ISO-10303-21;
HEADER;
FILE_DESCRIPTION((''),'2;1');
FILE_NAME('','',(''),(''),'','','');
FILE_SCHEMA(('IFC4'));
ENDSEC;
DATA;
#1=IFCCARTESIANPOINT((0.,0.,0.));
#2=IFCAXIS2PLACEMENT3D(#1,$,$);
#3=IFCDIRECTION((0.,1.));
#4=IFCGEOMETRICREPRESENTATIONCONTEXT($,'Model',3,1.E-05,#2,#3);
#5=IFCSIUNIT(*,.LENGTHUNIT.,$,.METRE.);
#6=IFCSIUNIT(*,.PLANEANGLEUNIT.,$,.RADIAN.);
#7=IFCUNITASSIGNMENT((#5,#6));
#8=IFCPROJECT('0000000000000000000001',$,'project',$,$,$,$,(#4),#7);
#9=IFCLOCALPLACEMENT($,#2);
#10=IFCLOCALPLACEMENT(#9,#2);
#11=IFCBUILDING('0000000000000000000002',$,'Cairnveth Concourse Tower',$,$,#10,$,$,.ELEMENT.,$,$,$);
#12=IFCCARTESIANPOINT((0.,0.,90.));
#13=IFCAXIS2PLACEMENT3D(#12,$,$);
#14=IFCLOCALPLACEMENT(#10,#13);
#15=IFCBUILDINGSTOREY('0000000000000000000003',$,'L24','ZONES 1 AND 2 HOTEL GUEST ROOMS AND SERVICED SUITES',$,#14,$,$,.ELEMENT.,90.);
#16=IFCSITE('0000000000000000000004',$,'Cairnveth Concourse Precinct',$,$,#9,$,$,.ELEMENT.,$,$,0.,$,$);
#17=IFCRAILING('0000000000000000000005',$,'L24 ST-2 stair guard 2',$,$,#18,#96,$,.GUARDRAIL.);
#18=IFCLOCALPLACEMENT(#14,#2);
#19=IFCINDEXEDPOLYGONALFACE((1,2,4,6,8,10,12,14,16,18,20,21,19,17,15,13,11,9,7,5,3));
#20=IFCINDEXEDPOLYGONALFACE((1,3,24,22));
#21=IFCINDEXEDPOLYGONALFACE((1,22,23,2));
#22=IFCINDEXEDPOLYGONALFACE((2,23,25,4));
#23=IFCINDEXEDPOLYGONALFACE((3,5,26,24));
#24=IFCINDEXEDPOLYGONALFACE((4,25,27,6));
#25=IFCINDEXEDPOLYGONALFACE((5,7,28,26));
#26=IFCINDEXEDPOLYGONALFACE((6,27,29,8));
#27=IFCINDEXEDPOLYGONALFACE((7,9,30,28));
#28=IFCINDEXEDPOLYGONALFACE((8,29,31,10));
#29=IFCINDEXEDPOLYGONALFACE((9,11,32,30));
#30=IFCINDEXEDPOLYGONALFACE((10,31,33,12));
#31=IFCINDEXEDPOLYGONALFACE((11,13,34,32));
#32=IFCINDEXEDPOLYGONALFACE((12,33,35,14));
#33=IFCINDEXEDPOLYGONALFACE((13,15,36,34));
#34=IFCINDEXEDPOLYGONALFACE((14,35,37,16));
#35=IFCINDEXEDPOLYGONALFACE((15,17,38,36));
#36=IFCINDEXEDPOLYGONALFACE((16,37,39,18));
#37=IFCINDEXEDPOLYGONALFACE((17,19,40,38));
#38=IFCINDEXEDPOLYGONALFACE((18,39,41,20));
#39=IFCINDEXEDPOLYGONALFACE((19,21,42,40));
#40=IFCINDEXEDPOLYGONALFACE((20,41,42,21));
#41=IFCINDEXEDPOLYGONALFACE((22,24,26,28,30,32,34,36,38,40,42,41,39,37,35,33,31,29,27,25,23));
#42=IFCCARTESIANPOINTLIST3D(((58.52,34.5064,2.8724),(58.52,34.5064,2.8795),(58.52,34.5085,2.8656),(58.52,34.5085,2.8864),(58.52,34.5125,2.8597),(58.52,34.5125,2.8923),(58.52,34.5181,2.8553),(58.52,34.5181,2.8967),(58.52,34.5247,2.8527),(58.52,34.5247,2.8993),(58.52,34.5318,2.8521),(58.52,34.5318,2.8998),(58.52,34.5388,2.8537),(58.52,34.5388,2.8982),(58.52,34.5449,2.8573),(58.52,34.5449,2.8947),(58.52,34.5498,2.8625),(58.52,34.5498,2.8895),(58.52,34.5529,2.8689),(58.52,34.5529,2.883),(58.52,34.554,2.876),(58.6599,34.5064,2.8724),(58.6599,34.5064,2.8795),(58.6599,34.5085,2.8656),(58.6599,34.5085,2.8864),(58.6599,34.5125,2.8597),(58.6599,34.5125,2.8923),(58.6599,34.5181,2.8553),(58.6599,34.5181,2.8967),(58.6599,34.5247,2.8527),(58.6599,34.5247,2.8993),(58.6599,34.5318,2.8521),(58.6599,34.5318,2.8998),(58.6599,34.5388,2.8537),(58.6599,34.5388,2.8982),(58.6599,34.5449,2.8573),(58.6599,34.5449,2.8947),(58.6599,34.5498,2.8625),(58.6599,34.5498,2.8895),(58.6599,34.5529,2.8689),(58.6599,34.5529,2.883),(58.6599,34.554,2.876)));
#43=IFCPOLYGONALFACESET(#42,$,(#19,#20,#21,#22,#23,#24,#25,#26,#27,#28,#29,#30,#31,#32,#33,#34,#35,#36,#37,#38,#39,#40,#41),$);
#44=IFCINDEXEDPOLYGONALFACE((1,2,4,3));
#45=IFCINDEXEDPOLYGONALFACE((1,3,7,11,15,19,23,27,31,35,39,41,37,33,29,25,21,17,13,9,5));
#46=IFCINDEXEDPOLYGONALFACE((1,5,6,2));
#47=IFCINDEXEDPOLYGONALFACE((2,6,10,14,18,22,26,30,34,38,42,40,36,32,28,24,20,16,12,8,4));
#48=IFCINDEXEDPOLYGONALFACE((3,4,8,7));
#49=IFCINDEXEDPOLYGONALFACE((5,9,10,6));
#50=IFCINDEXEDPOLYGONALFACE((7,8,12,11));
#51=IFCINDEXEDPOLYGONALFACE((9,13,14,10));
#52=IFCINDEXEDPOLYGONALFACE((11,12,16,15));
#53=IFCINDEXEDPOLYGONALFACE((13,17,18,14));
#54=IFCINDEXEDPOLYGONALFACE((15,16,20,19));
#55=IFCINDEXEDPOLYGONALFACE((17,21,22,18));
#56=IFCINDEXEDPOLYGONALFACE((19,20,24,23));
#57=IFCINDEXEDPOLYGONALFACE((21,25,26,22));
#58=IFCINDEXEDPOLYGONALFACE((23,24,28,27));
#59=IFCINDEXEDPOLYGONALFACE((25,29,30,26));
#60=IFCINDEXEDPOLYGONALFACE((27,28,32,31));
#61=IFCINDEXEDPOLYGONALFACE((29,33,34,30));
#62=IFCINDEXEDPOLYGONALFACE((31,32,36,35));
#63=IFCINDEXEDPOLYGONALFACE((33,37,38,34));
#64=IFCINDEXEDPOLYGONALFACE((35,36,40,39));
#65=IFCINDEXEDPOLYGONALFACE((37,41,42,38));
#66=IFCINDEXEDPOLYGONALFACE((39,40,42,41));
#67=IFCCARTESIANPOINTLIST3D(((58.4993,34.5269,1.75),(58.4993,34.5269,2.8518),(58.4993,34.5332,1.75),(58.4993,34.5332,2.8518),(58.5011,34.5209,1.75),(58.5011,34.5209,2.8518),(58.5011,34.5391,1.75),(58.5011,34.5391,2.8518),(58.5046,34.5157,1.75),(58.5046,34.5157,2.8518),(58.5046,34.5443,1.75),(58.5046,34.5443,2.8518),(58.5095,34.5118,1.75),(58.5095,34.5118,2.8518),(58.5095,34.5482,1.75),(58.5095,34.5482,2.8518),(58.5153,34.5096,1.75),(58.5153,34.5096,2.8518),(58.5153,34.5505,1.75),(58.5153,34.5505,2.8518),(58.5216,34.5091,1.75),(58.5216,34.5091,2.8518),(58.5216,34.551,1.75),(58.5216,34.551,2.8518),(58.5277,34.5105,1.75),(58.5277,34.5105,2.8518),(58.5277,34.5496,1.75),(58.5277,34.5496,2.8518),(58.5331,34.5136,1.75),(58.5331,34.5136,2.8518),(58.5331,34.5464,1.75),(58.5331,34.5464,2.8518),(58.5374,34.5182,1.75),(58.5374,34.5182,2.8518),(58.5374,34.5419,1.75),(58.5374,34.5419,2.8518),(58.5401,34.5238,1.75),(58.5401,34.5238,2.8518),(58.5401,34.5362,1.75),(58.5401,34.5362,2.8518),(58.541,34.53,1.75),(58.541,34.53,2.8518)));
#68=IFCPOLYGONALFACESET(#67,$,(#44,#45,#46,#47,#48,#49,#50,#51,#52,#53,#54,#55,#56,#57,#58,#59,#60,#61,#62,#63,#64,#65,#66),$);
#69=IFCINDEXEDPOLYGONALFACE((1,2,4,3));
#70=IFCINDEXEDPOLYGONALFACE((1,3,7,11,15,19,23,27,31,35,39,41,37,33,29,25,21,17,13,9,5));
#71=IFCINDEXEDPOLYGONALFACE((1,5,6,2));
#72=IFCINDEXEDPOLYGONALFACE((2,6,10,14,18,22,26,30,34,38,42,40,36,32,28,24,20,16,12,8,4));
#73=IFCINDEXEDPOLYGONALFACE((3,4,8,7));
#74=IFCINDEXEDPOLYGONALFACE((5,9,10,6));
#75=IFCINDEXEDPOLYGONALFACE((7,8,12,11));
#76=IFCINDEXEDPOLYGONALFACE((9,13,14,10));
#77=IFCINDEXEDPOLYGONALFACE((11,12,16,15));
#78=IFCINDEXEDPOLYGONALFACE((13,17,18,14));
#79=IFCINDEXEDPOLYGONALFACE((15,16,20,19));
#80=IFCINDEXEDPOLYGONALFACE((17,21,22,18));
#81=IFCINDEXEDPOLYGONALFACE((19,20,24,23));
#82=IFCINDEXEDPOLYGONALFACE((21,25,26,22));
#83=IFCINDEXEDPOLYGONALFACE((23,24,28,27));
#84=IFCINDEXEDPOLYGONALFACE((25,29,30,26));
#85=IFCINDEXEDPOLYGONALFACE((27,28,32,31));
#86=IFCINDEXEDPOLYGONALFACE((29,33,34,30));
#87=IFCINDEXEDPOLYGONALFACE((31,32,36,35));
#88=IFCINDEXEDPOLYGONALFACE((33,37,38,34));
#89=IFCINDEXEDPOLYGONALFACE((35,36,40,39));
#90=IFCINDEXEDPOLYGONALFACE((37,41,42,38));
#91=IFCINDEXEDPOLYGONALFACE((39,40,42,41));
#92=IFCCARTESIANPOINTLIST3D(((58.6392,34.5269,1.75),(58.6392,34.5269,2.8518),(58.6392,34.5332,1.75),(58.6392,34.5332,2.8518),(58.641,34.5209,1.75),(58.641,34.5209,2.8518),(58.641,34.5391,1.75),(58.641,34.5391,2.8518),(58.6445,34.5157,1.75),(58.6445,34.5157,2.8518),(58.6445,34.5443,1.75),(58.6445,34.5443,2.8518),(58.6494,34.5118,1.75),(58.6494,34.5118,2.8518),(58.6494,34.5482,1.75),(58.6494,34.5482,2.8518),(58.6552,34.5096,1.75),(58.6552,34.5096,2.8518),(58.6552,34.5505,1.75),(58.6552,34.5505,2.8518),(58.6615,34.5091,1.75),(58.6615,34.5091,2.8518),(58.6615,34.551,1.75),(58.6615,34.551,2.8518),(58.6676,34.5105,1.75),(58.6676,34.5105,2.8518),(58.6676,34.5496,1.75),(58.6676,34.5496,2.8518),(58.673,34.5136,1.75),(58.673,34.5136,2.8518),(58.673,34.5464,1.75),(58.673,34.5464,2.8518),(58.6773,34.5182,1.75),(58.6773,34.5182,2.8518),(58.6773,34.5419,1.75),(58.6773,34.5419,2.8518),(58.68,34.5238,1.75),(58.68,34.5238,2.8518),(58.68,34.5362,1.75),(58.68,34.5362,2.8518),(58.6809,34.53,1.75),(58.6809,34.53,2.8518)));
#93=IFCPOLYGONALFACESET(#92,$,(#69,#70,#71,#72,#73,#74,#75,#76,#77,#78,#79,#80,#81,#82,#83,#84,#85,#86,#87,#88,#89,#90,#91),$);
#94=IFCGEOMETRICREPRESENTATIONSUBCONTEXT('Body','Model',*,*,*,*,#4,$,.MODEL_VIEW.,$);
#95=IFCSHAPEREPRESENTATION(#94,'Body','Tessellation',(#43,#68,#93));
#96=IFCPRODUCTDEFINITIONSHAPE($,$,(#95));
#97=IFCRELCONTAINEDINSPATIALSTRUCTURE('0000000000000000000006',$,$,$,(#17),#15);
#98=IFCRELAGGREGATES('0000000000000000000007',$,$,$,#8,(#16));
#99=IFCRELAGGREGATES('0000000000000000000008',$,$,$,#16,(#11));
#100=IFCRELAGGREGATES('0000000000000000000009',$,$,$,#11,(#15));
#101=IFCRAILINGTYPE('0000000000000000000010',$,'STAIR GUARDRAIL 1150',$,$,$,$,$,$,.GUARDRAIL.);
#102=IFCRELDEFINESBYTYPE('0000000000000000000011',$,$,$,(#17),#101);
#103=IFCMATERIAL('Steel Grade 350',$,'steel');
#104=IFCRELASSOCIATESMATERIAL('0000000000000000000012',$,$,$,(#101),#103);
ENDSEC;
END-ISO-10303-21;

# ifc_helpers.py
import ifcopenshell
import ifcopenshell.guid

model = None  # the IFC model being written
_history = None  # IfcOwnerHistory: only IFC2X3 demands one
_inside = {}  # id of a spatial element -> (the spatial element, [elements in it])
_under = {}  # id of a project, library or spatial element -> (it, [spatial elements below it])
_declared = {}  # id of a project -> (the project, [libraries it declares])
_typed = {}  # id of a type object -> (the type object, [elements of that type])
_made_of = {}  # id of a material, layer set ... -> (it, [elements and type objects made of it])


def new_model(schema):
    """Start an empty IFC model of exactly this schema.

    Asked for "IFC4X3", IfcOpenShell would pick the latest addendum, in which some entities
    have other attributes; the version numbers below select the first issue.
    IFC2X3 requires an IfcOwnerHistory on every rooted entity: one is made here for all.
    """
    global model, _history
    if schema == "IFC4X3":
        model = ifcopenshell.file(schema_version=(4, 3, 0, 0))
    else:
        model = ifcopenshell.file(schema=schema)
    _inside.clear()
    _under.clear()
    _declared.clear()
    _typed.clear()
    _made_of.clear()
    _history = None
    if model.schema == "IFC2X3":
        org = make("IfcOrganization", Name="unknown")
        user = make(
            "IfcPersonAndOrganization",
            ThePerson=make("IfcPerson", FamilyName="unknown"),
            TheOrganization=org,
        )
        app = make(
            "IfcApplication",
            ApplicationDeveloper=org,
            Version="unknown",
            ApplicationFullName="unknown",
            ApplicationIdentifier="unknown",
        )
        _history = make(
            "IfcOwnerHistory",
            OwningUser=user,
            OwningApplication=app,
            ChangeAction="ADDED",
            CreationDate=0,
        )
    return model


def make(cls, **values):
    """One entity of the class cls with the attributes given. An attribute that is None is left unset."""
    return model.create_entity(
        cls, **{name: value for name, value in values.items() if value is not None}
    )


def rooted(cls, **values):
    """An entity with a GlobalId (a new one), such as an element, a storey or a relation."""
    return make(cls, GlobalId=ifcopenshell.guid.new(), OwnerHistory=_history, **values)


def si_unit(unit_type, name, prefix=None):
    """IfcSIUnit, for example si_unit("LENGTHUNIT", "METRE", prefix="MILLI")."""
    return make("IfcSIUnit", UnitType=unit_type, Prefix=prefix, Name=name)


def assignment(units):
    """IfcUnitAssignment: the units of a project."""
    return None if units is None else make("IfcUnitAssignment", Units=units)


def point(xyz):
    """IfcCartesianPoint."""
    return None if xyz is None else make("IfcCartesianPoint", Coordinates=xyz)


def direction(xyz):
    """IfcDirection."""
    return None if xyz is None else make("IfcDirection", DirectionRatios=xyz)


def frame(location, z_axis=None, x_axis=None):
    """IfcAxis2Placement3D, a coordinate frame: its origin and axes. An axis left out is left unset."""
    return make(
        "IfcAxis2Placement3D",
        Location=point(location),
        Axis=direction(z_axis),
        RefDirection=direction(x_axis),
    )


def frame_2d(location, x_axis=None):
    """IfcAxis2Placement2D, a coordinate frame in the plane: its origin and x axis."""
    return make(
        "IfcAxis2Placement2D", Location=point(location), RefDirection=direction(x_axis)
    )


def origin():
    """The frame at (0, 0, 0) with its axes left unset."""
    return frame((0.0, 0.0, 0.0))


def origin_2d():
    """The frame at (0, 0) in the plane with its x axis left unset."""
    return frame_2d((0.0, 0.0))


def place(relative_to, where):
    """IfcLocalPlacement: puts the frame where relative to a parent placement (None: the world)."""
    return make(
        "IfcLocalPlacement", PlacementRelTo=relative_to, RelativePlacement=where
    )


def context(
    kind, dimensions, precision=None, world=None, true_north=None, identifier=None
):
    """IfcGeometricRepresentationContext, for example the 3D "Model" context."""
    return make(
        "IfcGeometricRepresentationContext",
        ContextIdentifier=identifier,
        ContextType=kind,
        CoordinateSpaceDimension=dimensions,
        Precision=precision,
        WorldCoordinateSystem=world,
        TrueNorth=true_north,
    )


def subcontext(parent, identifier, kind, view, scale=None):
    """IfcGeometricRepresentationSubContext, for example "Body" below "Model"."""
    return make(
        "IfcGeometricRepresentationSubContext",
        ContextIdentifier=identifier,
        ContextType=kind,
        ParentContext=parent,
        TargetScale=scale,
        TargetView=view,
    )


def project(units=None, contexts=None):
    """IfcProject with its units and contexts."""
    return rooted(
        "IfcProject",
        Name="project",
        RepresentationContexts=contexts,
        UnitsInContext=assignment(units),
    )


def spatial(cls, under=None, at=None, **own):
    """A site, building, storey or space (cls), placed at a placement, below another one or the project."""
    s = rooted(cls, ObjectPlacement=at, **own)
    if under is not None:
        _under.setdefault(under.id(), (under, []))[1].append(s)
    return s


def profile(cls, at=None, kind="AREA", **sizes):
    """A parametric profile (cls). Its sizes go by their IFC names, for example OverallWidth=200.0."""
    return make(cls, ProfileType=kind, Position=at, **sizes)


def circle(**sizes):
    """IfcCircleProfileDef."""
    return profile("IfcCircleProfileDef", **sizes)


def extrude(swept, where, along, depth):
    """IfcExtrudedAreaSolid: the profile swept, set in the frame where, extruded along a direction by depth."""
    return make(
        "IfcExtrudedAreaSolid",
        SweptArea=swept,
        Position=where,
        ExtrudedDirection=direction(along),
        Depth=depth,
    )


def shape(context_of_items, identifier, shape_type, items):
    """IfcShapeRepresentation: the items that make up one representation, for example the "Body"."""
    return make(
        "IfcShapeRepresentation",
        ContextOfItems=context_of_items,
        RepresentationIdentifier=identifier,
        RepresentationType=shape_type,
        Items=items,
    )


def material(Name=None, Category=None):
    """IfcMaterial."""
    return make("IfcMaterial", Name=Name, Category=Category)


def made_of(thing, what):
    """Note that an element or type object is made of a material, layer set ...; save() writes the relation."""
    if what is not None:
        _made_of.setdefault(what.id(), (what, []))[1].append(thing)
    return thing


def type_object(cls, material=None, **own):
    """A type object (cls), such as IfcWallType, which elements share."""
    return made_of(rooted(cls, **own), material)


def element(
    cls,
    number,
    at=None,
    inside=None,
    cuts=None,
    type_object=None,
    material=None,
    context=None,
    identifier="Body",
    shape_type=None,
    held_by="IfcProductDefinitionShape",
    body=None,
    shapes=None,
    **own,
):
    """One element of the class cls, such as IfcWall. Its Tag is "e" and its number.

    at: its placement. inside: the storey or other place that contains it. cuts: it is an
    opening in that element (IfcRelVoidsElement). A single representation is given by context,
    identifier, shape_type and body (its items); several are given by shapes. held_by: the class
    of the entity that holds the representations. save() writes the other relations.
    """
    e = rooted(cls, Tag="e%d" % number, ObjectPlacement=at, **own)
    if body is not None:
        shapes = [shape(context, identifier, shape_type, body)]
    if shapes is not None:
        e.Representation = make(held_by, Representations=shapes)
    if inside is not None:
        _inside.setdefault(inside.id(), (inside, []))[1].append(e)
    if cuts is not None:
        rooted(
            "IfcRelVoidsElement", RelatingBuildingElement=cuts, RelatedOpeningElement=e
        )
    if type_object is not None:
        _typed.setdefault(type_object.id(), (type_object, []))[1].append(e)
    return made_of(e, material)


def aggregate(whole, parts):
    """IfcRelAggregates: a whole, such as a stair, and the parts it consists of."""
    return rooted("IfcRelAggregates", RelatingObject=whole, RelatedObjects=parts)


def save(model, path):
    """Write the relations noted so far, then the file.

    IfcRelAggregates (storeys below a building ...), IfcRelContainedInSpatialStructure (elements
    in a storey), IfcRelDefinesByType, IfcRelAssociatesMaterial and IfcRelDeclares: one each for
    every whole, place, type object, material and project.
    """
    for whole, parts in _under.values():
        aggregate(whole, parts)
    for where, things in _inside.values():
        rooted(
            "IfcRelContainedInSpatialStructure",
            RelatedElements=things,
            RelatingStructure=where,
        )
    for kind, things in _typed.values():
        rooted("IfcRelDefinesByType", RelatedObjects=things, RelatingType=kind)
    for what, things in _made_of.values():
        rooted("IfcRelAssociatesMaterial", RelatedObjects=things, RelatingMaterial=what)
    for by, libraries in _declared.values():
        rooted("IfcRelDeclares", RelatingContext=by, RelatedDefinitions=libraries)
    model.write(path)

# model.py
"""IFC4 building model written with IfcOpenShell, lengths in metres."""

from ifc_helpers import new_model, si_unit, direction, frame, origin, origin_2d, place, context, subcontext, project, spatial, circle, extrude, material, type_object, element, save


model = new_model("IFC4")

# Units and contexts
model_context = context("Model", 3, precision=1e-05, world=origin(), true_north=direction((0.0, 1.0)))
body_context = subcontext(model_context, "Body", "Model", "MODEL_VIEW")
ifc_project = project(units=[si_unit("LENGTHUNIT", "METRE"), si_unit("PLANEANGLEUNIT", "RADIAN")], contexts=[model_context])

# Site, building, storey
site_placement = place(None, origin())
site = spatial("IfcSite", under=ifc_project, at=site_placement, Name="Cairnveth Concourse Precinct", CompositionType="ELEMENT", RefElevation=0.0)
building_placement = place(site_placement, origin())
building = spatial("IfcBuilding", under=site, at=building_placement, Name="Cairnveth Concourse Tower", CompositionType="ELEMENT")
storey_placement = place(building_placement, frame((0.0, 0.0, 90.0)))
storey = spatial("IfcBuildingStorey", under=building, at=storey_placement, Name="L24", Description="ZONES 1 AND 2 HOTEL GUEST ROOMS AND SERVICED SUITES", CompositionType="ELEMENT", Elevation=90.0)

# Shared definitions
ifc_material_1 = material(Name="Steel Grade 350", Category="steel")

# Railing
railing_type_1 = type_object("IfcRailingType", Name="STAIR GUARDRAIL 1150", PredefinedType="GUARDRAIL", material=ifc_material_1)
railing_1_placement = place(storey_placement, frame((58.52, 34.53, 1.75)))
element("IfcRailing", 1, at=railing_1_placement, inside=storey, type_object=railing_type_1, Name="L24 ST-2 stair guard 2", PredefinedType="GUARDRAIL", context=body_context, shape_type="SweptSolid", body=[
    extrude(circle(Radius=0.0239, at=origin_2d()), frame((0.0, 0.0, 1.126), z_axis=(1.0, 0.0, 0.0), x_axis=(0.0, 1.0, 0.0)), (0.0, 0.0, 1.0), 0.1399),
    extrude(circle(Radius=0.021, at=origin_2d()), origin(), (0.0, 0.0, 1.0), 1.1018),
    extrude(circle(Radius=0.021, at=origin_2d()), frame((0.1399, 0.0, 0.0)), (0.0, 0.0, 1.0), 1.1018),
])

save(model, "model.ifc")
